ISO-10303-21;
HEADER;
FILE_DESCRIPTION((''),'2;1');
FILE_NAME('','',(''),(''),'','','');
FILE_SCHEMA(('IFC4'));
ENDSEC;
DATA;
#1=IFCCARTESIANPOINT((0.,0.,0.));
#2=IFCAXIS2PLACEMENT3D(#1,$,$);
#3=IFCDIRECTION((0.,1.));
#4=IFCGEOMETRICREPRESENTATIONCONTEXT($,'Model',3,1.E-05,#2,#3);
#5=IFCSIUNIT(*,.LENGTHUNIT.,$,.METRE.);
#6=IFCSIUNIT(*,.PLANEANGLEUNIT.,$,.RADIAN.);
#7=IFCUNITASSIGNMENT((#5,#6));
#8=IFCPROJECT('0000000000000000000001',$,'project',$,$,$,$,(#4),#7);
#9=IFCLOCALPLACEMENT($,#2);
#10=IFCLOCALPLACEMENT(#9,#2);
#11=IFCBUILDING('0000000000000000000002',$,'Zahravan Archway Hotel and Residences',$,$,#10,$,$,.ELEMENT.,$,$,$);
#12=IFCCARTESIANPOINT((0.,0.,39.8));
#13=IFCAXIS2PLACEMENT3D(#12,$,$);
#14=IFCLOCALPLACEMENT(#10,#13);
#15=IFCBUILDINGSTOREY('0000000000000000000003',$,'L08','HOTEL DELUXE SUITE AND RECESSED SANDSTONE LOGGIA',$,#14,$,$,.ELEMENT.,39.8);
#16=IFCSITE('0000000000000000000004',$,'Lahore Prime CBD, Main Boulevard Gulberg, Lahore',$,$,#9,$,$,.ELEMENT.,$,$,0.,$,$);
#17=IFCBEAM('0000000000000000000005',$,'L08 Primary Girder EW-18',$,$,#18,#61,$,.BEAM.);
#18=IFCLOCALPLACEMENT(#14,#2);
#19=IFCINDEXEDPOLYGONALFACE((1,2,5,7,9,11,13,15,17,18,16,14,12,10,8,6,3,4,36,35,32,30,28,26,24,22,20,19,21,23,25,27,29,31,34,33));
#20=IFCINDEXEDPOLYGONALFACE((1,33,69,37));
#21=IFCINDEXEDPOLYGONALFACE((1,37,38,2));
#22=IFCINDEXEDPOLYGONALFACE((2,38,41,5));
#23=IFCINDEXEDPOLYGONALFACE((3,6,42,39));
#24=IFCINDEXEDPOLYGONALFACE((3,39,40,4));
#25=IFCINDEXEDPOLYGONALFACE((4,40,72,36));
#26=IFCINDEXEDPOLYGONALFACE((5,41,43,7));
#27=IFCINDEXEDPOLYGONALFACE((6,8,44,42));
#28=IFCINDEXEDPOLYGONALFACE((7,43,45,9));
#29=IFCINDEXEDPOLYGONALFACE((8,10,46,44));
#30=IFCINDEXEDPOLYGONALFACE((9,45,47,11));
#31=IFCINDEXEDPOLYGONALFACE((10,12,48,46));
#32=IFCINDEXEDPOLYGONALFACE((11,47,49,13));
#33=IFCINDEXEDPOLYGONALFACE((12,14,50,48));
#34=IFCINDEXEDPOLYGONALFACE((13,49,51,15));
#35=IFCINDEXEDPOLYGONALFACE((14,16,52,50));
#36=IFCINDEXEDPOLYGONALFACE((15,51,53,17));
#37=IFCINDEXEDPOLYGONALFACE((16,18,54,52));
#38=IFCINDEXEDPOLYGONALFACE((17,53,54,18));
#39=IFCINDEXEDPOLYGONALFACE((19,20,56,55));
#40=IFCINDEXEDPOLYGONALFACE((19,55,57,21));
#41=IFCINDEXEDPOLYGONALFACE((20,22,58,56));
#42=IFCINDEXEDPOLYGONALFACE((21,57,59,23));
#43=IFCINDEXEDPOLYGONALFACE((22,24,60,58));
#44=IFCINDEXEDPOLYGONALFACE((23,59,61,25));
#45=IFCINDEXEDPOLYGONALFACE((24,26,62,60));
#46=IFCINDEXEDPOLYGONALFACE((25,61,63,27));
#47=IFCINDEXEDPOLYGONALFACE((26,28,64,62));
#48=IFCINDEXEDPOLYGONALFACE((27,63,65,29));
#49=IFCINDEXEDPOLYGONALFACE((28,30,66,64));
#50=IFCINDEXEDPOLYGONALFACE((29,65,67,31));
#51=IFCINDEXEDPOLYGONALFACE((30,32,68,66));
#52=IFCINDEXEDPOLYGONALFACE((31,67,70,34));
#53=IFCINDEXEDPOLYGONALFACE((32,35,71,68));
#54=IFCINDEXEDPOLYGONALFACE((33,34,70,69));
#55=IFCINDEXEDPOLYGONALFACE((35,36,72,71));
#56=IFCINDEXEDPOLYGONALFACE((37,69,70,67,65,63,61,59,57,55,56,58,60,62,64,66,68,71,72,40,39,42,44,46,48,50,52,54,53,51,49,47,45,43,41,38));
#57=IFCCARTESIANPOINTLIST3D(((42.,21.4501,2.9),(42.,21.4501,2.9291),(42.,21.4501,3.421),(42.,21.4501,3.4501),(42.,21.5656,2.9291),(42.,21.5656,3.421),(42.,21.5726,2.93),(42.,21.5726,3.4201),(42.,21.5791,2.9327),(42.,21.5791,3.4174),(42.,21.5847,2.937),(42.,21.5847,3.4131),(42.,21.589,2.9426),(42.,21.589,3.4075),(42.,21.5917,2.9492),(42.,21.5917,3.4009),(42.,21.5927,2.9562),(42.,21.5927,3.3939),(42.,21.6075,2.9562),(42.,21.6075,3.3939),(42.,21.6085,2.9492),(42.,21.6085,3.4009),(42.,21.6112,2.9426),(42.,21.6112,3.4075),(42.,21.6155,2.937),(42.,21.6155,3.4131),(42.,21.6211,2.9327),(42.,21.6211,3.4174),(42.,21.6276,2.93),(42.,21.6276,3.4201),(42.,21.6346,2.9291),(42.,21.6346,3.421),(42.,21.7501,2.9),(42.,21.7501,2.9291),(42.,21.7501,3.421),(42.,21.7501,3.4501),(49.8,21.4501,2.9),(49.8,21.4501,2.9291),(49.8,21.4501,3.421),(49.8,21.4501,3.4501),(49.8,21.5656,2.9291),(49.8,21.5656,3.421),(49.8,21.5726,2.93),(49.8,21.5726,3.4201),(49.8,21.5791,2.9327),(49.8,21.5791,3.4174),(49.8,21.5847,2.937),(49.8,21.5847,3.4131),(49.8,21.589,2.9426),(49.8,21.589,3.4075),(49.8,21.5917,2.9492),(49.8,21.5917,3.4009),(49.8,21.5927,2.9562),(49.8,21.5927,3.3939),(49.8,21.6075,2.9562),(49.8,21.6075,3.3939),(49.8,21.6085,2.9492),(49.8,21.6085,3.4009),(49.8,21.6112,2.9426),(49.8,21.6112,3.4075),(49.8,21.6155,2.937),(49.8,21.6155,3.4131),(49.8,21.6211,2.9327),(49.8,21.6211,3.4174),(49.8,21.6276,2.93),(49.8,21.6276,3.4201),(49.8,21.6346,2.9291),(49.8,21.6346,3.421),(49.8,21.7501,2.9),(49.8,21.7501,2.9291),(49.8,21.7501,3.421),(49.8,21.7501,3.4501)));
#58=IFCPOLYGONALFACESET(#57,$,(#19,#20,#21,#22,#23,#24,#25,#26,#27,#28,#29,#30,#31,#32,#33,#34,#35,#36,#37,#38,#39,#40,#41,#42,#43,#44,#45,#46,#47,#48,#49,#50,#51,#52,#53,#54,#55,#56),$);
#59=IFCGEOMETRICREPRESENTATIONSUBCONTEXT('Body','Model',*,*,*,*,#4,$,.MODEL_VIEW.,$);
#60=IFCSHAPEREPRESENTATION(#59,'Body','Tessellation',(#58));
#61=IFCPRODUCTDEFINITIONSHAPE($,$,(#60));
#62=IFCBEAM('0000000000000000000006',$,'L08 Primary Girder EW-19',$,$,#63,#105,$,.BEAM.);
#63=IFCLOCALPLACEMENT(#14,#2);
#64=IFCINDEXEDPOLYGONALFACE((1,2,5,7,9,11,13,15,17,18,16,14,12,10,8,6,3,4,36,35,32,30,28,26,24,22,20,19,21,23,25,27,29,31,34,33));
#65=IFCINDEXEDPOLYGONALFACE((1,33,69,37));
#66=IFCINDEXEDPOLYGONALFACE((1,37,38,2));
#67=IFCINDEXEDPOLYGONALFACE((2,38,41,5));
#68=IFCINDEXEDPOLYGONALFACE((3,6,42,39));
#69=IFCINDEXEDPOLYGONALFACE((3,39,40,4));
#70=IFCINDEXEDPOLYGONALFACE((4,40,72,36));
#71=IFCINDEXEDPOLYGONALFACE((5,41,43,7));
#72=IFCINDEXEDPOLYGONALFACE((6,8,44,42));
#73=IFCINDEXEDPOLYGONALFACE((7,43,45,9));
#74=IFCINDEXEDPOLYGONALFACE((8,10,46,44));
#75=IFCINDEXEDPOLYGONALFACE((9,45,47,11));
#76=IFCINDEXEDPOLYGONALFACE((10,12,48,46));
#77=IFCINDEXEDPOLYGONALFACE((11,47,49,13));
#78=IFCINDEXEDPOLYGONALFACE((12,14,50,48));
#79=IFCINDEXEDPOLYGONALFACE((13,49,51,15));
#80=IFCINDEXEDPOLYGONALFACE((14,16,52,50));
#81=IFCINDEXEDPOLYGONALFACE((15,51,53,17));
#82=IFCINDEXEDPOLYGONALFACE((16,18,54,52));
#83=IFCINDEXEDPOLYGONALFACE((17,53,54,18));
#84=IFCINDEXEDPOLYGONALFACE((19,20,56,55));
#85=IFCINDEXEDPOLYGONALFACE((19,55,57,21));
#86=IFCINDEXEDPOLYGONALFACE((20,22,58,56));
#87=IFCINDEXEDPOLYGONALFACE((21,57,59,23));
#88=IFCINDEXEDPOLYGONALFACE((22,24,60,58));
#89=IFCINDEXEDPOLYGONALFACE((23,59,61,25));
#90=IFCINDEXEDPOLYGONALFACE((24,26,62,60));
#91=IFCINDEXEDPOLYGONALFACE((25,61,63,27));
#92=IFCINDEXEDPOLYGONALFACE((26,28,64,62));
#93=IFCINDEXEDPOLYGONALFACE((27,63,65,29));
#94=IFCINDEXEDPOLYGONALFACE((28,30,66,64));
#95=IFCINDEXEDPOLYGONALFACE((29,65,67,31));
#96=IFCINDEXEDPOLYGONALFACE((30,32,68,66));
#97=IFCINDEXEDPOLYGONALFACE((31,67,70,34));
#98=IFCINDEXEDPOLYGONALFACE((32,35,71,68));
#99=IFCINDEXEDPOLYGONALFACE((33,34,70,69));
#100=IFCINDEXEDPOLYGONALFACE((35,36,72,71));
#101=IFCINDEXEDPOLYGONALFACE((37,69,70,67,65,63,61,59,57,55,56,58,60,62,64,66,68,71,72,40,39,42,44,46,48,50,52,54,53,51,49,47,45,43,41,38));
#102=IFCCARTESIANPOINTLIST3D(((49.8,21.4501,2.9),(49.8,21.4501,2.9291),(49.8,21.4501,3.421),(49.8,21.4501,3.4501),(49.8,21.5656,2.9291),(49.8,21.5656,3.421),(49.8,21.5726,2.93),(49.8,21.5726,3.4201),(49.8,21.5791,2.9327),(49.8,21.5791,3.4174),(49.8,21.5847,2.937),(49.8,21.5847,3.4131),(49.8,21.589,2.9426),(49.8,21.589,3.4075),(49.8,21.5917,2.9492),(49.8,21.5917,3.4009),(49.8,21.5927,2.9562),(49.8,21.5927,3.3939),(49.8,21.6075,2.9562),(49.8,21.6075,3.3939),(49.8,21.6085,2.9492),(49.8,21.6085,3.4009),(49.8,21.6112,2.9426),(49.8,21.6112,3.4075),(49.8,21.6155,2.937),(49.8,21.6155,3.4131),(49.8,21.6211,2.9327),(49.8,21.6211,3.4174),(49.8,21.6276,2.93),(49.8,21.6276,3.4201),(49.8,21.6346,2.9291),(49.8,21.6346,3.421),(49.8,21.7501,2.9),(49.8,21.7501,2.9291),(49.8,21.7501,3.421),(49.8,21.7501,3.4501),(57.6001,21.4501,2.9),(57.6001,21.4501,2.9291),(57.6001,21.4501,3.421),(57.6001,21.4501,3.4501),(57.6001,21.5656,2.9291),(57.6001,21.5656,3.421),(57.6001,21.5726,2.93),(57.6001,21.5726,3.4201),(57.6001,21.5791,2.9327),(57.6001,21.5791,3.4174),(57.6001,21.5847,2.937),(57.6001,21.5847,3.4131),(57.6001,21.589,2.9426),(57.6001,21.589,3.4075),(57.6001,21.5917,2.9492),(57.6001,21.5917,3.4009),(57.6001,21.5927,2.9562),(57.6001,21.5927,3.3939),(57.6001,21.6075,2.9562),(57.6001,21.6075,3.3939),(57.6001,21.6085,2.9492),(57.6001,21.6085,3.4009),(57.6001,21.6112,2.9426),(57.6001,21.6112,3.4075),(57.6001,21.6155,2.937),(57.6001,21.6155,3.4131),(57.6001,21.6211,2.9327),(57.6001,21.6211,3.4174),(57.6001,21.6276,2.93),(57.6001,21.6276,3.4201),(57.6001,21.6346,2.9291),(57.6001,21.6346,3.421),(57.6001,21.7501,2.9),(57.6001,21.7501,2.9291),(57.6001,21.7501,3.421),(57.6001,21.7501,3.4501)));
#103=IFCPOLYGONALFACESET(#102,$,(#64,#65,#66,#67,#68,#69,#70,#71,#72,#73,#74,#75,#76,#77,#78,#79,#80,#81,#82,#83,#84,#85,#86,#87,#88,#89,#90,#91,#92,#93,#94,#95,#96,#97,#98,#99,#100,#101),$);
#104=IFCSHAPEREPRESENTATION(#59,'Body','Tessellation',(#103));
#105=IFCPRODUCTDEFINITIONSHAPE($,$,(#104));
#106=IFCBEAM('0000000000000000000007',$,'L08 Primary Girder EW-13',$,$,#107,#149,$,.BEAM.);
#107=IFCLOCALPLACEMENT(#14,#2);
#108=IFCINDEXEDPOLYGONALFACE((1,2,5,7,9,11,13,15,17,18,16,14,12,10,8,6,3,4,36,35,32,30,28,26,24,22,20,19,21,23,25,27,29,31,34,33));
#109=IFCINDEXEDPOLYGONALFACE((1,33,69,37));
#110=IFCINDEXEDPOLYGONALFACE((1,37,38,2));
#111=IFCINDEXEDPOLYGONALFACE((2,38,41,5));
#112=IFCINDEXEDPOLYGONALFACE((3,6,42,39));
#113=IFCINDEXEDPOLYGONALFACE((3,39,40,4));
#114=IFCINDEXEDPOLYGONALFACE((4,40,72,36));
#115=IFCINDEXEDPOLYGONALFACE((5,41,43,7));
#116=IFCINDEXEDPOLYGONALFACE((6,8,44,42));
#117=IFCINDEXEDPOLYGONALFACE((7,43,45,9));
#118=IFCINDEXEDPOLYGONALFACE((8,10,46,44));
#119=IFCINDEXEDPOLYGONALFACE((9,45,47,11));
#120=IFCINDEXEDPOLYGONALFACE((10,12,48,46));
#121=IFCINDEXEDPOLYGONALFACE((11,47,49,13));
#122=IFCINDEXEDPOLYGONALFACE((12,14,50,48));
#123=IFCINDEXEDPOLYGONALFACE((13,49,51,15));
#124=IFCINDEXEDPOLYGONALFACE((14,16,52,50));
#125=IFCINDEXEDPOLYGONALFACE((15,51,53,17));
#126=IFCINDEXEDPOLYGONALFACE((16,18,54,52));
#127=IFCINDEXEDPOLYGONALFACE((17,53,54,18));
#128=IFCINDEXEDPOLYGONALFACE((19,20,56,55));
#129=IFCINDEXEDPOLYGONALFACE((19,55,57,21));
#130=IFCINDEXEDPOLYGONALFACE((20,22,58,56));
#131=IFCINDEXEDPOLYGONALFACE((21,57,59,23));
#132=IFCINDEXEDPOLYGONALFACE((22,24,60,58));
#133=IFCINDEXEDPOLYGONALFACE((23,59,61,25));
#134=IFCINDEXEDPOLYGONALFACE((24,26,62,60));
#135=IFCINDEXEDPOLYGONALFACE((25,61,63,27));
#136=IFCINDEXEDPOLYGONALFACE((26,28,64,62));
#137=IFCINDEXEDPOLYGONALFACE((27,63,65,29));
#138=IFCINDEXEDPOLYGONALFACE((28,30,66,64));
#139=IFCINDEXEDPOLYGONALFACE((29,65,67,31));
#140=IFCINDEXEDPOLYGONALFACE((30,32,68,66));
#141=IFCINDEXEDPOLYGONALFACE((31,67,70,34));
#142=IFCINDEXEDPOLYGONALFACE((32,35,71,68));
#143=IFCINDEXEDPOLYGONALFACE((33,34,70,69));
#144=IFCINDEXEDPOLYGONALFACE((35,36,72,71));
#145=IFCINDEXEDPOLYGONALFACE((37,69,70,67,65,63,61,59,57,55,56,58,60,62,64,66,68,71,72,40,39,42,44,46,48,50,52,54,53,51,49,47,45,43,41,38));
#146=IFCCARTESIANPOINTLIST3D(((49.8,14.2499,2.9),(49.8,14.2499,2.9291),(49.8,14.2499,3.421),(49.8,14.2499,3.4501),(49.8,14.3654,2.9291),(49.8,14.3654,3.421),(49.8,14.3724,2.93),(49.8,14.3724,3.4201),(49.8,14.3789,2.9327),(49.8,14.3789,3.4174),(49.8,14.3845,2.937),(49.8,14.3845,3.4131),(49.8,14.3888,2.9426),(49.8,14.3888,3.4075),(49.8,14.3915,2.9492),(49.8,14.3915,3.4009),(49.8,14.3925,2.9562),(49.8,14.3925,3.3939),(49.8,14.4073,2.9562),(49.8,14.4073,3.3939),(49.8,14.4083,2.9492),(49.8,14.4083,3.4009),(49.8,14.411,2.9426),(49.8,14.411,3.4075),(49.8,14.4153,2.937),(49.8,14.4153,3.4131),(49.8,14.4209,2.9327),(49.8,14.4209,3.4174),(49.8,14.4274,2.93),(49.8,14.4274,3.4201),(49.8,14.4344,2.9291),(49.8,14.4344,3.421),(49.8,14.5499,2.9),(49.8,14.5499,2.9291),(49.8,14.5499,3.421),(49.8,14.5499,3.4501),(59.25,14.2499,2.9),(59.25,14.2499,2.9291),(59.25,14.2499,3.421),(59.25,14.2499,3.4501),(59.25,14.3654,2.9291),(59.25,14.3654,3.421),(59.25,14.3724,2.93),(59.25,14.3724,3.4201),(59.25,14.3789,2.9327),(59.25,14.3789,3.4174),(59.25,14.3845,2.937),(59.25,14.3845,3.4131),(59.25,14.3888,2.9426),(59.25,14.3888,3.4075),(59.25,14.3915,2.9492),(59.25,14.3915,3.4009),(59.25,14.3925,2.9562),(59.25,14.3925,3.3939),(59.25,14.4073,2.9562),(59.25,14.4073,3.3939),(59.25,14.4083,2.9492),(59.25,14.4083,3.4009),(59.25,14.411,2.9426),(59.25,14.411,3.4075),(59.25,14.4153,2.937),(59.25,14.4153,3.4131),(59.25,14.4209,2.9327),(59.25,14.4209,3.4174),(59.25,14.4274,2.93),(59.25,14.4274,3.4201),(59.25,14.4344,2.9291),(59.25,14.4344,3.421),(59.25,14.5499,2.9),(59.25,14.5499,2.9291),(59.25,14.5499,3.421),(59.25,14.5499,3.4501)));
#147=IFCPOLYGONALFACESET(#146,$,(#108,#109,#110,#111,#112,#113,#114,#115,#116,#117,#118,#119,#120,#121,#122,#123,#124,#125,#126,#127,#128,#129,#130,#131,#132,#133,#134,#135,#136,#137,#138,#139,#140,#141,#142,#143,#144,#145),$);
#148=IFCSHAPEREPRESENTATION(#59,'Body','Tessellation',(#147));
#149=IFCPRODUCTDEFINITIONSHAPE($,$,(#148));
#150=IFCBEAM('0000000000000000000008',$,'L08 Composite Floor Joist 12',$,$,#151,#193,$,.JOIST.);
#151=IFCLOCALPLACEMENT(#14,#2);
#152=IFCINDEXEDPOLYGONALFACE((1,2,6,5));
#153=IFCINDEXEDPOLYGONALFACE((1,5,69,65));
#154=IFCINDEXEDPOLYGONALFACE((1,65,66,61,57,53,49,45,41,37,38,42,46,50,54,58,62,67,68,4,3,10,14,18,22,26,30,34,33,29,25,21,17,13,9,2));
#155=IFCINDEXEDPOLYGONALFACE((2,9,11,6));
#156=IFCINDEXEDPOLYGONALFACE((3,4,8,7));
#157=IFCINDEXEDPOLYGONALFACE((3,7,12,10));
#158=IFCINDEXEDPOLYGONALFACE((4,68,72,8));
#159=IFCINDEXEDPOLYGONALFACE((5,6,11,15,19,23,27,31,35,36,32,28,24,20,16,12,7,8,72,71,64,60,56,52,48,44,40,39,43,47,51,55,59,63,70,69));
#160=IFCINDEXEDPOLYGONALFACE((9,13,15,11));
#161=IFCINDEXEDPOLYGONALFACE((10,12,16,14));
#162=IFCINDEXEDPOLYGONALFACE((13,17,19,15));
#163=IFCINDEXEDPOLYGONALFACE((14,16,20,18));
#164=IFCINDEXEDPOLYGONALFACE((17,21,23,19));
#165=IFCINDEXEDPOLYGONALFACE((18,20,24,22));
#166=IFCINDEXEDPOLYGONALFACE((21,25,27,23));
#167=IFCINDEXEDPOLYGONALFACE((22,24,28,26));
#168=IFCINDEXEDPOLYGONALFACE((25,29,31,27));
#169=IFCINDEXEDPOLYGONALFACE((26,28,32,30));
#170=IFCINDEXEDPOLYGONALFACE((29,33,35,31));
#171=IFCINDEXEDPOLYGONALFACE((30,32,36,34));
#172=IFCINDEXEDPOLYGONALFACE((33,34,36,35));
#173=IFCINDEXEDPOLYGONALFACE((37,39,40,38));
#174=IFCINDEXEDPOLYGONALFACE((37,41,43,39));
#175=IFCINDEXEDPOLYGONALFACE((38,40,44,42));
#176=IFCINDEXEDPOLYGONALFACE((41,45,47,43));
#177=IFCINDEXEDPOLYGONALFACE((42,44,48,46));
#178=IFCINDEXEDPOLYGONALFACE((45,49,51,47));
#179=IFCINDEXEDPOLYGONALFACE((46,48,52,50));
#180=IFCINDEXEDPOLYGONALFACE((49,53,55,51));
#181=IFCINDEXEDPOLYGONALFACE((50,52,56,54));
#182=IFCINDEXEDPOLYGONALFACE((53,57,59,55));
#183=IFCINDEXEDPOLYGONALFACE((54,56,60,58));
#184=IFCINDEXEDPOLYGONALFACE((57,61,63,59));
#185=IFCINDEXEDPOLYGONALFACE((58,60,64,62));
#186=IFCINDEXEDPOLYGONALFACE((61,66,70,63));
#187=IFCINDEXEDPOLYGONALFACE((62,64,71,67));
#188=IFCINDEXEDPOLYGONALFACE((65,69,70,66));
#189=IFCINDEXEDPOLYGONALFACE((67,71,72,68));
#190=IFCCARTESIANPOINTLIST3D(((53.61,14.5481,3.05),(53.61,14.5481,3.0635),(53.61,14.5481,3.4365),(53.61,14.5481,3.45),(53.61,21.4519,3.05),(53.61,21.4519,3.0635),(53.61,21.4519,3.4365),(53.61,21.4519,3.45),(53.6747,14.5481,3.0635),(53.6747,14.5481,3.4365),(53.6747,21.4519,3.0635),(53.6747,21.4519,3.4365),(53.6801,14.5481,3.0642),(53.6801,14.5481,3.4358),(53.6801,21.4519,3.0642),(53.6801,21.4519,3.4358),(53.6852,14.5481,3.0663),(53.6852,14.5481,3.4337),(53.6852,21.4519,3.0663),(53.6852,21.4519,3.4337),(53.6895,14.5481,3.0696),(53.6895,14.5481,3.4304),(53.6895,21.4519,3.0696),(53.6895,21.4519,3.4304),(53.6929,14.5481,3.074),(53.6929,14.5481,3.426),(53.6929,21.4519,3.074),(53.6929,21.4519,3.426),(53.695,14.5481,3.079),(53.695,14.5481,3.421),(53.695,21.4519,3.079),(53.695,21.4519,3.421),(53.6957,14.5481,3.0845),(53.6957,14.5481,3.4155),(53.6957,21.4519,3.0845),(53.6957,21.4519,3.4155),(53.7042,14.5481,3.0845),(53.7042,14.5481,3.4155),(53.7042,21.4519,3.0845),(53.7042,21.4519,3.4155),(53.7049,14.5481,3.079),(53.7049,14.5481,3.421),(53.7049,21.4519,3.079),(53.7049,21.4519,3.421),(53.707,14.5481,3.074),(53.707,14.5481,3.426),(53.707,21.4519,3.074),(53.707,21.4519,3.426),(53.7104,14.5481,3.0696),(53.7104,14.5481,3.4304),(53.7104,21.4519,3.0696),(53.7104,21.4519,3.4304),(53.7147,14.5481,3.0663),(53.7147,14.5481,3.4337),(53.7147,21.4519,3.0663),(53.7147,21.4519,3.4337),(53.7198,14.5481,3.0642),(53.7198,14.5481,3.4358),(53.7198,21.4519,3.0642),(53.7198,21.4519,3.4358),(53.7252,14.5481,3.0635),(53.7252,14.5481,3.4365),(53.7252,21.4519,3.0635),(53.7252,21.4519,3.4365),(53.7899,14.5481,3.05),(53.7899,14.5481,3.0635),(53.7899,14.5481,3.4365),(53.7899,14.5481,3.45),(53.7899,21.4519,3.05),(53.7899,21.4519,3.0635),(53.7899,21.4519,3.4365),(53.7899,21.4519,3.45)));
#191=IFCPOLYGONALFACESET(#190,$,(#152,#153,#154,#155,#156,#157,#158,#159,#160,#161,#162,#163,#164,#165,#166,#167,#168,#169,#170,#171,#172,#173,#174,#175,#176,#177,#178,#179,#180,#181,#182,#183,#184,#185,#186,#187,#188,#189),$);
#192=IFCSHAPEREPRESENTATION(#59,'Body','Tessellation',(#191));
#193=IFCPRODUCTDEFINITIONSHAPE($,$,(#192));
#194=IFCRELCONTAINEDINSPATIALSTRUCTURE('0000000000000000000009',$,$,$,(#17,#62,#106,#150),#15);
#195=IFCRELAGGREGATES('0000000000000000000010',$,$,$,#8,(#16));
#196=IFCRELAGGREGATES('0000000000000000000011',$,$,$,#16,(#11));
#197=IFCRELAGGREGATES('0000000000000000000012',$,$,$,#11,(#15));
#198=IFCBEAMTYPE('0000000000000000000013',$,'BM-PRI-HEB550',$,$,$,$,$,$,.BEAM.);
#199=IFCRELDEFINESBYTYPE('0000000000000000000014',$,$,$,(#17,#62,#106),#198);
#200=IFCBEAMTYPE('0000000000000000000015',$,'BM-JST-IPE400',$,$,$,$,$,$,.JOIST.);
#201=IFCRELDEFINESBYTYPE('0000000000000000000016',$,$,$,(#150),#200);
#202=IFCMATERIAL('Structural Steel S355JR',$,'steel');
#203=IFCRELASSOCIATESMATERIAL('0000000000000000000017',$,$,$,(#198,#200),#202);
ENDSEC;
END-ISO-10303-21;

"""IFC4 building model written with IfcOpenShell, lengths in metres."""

from ifc_helpers import new_model, si_unit, direction, frame, origin, origin_2d, place, context, subcontext, project, spatial, i_section, extrude, source, transform, mapped, material, material_profile, profile_set, type_object, element, save


model = new_model("IFC4")

# Units and contexts
model_context = context("Model", 3, precision=1e-05, world=origin(), true_north=direction((0.0, 1.0)))
body_context = subcontext(model_context, "Body", "Model", "MODEL_VIEW")
ifc_project = project(units=[si_unit("LENGTHUNIT", "METRE"), si_unit("PLANEANGLEUNIT", "RADIAN")], contexts=[model_context])

# Site, building, storey
site_placement = place(None, origin())
site = spatial("IfcSite", under=ifc_project, at=site_placement, Name="Lahore Prime CBD, Main Boulevard Gulberg, Lahore", CompositionType="ELEMENT", RefElevation=0.0)
building_placement = place(site_placement, origin())
building = spatial("IfcBuilding", under=site, at=building_placement, Name="Zahravan Archway Hotel and Residences", CompositionType="ELEMENT")
storey_placement = place(building_placement, frame((0.0, 0.0, 39.8)))
storey = spatial("IfcBuildingStorey", under=building, at=storey_placement, Name="L08", Description="HOTEL DELUXE SUITE AND RECESSED SANDSTONE LOGGIA", CompositionType="ELEMENT", Elevation=39.8)

# Beams
ifc_material_1 = material(Name="Structural Steel S355JR", Category="steel")
ifc_material_profile_1 = material_profile(ifc_material_1, i_section(OverallWidth=0.3, OverallDepth=0.55, WebThickness=0.0149, FlangeThickness=0.0291, FilletRadius=0.0271, at=origin_2d()), Name="HEB 550", Category="steel")
ifc_profile_set_1 = profile_set([ifc_material_profile_1], Name="Structural Steel S355JR")
beam_type_1 = type_object("IfcBeamType", Name="BM-PRI-HEB550", PredefinedType="BEAM", material=ifc_profile_set_1)
shared_shape_1 = source(origin(), body_context, "Body", "SweptSolid", [
    extrude(i_section(OverallWidth=0.3, OverallDepth=0.55, WebThickness=0.0149, FlangeThickness=0.0291, FilletRadius=0.0271, at=origin_2d()), origin(), (0.0, 0.0, 1.0), 7.8),
])
for number, where, z_axis, x_axis, name in (
    (1, (42.0, 21.6001, 3.175), (1.0, 0.0, 0.0), (0.0, 1.0, 0.0), "L08 Primary Girder EW-18"),
    (2, (49.8, 21.6001, 3.175), (1.0, 0.0, 0.0), (0.0, 1.0, 0.0), "L08 Primary Girder EW-19"),
):
    element("IfcBeam", number, at=place(storey_placement, frame(where, z_axis=z_axis, x_axis=x_axis)), inside=storey, type_object=beam_type_1, Name=name, PredefinedType="BEAM", context=body_context, shape_type="MappedRepresentation", body=[
        mapped(shared_shape_1, transform((0.0, 0.0, 0.0), scale=1.0)),
    ])
shared_shape_2 = source(origin(), body_context, "Body", "SweptSolid", [
    extrude(i_section(OverallWidth=0.3, OverallDepth=0.55, WebThickness=0.0149, FlangeThickness=0.0291, FilletRadius=0.0271, at=origin_2d()), origin(), (0.0, 0.0, 1.0), 9.45),
])
beam_1_placement = place(storey_placement, frame((49.8, 14.3999, 3.175), z_axis=(1.0, 0.0, 0.0), x_axis=(0.0, 1.0, 0.0)))
element("IfcBeam", 3, at=beam_1_placement, inside=storey, type_object=beam_type_1, Name="L08 Primary Girder EW-13", PredefinedType="BEAM", context=body_context, shape_type="MappedRepresentation", body=[
    mapped(shared_shape_2, transform((0.0, 0.0, 0.0), scale=1.0)),
])
ifc_material_profile_2 = material_profile(ifc_material_1, i_section(OverallWidth=0.1799, OverallDepth=0.3999, WebThickness=0.0085, FlangeThickness=0.0134, FilletRadius=0.021, at=origin_2d()), Name="IPE 400", Category="steel")
ifc_profile_set_2 = profile_set([ifc_material_profile_2], Name="Structural Steel S355JR")
beam_type_2 = type_object("IfcBeamType", Name="BM-JST-IPE400", PredefinedType="JOIST", material=ifc_profile_set_2)
shared_shape_3 = source(origin(), body_context, "Body", "SweptSolid", [
    extrude(i_section(OverallWidth=0.1799, OverallDepth=0.3999, WebThickness=0.0085, FlangeThickness=0.0134, FilletRadius=0.021, at=origin_2d()), origin(), (0.0, 0.0, 1.0), 6.9038),
])
beam_2_placement = place(storey_placement, frame((53.7, 14.5481, 3.25), z_axis=(0.0, 1.0, 0.0), x_axis=(-1.0, 0.0, 0.0)))
element("IfcBeam", 4, at=beam_2_placement, inside=storey, type_object=beam_type_2, Name="L08 Composite Floor Joist 12", PredefinedType="JOIST", context=body_context, shape_type="MappedRepresentation", body=[
    mapped(shared_shape_3, transform((0.0, 0.0, 0.0), scale=1.0)),
])

save(model, "model.ifc")
